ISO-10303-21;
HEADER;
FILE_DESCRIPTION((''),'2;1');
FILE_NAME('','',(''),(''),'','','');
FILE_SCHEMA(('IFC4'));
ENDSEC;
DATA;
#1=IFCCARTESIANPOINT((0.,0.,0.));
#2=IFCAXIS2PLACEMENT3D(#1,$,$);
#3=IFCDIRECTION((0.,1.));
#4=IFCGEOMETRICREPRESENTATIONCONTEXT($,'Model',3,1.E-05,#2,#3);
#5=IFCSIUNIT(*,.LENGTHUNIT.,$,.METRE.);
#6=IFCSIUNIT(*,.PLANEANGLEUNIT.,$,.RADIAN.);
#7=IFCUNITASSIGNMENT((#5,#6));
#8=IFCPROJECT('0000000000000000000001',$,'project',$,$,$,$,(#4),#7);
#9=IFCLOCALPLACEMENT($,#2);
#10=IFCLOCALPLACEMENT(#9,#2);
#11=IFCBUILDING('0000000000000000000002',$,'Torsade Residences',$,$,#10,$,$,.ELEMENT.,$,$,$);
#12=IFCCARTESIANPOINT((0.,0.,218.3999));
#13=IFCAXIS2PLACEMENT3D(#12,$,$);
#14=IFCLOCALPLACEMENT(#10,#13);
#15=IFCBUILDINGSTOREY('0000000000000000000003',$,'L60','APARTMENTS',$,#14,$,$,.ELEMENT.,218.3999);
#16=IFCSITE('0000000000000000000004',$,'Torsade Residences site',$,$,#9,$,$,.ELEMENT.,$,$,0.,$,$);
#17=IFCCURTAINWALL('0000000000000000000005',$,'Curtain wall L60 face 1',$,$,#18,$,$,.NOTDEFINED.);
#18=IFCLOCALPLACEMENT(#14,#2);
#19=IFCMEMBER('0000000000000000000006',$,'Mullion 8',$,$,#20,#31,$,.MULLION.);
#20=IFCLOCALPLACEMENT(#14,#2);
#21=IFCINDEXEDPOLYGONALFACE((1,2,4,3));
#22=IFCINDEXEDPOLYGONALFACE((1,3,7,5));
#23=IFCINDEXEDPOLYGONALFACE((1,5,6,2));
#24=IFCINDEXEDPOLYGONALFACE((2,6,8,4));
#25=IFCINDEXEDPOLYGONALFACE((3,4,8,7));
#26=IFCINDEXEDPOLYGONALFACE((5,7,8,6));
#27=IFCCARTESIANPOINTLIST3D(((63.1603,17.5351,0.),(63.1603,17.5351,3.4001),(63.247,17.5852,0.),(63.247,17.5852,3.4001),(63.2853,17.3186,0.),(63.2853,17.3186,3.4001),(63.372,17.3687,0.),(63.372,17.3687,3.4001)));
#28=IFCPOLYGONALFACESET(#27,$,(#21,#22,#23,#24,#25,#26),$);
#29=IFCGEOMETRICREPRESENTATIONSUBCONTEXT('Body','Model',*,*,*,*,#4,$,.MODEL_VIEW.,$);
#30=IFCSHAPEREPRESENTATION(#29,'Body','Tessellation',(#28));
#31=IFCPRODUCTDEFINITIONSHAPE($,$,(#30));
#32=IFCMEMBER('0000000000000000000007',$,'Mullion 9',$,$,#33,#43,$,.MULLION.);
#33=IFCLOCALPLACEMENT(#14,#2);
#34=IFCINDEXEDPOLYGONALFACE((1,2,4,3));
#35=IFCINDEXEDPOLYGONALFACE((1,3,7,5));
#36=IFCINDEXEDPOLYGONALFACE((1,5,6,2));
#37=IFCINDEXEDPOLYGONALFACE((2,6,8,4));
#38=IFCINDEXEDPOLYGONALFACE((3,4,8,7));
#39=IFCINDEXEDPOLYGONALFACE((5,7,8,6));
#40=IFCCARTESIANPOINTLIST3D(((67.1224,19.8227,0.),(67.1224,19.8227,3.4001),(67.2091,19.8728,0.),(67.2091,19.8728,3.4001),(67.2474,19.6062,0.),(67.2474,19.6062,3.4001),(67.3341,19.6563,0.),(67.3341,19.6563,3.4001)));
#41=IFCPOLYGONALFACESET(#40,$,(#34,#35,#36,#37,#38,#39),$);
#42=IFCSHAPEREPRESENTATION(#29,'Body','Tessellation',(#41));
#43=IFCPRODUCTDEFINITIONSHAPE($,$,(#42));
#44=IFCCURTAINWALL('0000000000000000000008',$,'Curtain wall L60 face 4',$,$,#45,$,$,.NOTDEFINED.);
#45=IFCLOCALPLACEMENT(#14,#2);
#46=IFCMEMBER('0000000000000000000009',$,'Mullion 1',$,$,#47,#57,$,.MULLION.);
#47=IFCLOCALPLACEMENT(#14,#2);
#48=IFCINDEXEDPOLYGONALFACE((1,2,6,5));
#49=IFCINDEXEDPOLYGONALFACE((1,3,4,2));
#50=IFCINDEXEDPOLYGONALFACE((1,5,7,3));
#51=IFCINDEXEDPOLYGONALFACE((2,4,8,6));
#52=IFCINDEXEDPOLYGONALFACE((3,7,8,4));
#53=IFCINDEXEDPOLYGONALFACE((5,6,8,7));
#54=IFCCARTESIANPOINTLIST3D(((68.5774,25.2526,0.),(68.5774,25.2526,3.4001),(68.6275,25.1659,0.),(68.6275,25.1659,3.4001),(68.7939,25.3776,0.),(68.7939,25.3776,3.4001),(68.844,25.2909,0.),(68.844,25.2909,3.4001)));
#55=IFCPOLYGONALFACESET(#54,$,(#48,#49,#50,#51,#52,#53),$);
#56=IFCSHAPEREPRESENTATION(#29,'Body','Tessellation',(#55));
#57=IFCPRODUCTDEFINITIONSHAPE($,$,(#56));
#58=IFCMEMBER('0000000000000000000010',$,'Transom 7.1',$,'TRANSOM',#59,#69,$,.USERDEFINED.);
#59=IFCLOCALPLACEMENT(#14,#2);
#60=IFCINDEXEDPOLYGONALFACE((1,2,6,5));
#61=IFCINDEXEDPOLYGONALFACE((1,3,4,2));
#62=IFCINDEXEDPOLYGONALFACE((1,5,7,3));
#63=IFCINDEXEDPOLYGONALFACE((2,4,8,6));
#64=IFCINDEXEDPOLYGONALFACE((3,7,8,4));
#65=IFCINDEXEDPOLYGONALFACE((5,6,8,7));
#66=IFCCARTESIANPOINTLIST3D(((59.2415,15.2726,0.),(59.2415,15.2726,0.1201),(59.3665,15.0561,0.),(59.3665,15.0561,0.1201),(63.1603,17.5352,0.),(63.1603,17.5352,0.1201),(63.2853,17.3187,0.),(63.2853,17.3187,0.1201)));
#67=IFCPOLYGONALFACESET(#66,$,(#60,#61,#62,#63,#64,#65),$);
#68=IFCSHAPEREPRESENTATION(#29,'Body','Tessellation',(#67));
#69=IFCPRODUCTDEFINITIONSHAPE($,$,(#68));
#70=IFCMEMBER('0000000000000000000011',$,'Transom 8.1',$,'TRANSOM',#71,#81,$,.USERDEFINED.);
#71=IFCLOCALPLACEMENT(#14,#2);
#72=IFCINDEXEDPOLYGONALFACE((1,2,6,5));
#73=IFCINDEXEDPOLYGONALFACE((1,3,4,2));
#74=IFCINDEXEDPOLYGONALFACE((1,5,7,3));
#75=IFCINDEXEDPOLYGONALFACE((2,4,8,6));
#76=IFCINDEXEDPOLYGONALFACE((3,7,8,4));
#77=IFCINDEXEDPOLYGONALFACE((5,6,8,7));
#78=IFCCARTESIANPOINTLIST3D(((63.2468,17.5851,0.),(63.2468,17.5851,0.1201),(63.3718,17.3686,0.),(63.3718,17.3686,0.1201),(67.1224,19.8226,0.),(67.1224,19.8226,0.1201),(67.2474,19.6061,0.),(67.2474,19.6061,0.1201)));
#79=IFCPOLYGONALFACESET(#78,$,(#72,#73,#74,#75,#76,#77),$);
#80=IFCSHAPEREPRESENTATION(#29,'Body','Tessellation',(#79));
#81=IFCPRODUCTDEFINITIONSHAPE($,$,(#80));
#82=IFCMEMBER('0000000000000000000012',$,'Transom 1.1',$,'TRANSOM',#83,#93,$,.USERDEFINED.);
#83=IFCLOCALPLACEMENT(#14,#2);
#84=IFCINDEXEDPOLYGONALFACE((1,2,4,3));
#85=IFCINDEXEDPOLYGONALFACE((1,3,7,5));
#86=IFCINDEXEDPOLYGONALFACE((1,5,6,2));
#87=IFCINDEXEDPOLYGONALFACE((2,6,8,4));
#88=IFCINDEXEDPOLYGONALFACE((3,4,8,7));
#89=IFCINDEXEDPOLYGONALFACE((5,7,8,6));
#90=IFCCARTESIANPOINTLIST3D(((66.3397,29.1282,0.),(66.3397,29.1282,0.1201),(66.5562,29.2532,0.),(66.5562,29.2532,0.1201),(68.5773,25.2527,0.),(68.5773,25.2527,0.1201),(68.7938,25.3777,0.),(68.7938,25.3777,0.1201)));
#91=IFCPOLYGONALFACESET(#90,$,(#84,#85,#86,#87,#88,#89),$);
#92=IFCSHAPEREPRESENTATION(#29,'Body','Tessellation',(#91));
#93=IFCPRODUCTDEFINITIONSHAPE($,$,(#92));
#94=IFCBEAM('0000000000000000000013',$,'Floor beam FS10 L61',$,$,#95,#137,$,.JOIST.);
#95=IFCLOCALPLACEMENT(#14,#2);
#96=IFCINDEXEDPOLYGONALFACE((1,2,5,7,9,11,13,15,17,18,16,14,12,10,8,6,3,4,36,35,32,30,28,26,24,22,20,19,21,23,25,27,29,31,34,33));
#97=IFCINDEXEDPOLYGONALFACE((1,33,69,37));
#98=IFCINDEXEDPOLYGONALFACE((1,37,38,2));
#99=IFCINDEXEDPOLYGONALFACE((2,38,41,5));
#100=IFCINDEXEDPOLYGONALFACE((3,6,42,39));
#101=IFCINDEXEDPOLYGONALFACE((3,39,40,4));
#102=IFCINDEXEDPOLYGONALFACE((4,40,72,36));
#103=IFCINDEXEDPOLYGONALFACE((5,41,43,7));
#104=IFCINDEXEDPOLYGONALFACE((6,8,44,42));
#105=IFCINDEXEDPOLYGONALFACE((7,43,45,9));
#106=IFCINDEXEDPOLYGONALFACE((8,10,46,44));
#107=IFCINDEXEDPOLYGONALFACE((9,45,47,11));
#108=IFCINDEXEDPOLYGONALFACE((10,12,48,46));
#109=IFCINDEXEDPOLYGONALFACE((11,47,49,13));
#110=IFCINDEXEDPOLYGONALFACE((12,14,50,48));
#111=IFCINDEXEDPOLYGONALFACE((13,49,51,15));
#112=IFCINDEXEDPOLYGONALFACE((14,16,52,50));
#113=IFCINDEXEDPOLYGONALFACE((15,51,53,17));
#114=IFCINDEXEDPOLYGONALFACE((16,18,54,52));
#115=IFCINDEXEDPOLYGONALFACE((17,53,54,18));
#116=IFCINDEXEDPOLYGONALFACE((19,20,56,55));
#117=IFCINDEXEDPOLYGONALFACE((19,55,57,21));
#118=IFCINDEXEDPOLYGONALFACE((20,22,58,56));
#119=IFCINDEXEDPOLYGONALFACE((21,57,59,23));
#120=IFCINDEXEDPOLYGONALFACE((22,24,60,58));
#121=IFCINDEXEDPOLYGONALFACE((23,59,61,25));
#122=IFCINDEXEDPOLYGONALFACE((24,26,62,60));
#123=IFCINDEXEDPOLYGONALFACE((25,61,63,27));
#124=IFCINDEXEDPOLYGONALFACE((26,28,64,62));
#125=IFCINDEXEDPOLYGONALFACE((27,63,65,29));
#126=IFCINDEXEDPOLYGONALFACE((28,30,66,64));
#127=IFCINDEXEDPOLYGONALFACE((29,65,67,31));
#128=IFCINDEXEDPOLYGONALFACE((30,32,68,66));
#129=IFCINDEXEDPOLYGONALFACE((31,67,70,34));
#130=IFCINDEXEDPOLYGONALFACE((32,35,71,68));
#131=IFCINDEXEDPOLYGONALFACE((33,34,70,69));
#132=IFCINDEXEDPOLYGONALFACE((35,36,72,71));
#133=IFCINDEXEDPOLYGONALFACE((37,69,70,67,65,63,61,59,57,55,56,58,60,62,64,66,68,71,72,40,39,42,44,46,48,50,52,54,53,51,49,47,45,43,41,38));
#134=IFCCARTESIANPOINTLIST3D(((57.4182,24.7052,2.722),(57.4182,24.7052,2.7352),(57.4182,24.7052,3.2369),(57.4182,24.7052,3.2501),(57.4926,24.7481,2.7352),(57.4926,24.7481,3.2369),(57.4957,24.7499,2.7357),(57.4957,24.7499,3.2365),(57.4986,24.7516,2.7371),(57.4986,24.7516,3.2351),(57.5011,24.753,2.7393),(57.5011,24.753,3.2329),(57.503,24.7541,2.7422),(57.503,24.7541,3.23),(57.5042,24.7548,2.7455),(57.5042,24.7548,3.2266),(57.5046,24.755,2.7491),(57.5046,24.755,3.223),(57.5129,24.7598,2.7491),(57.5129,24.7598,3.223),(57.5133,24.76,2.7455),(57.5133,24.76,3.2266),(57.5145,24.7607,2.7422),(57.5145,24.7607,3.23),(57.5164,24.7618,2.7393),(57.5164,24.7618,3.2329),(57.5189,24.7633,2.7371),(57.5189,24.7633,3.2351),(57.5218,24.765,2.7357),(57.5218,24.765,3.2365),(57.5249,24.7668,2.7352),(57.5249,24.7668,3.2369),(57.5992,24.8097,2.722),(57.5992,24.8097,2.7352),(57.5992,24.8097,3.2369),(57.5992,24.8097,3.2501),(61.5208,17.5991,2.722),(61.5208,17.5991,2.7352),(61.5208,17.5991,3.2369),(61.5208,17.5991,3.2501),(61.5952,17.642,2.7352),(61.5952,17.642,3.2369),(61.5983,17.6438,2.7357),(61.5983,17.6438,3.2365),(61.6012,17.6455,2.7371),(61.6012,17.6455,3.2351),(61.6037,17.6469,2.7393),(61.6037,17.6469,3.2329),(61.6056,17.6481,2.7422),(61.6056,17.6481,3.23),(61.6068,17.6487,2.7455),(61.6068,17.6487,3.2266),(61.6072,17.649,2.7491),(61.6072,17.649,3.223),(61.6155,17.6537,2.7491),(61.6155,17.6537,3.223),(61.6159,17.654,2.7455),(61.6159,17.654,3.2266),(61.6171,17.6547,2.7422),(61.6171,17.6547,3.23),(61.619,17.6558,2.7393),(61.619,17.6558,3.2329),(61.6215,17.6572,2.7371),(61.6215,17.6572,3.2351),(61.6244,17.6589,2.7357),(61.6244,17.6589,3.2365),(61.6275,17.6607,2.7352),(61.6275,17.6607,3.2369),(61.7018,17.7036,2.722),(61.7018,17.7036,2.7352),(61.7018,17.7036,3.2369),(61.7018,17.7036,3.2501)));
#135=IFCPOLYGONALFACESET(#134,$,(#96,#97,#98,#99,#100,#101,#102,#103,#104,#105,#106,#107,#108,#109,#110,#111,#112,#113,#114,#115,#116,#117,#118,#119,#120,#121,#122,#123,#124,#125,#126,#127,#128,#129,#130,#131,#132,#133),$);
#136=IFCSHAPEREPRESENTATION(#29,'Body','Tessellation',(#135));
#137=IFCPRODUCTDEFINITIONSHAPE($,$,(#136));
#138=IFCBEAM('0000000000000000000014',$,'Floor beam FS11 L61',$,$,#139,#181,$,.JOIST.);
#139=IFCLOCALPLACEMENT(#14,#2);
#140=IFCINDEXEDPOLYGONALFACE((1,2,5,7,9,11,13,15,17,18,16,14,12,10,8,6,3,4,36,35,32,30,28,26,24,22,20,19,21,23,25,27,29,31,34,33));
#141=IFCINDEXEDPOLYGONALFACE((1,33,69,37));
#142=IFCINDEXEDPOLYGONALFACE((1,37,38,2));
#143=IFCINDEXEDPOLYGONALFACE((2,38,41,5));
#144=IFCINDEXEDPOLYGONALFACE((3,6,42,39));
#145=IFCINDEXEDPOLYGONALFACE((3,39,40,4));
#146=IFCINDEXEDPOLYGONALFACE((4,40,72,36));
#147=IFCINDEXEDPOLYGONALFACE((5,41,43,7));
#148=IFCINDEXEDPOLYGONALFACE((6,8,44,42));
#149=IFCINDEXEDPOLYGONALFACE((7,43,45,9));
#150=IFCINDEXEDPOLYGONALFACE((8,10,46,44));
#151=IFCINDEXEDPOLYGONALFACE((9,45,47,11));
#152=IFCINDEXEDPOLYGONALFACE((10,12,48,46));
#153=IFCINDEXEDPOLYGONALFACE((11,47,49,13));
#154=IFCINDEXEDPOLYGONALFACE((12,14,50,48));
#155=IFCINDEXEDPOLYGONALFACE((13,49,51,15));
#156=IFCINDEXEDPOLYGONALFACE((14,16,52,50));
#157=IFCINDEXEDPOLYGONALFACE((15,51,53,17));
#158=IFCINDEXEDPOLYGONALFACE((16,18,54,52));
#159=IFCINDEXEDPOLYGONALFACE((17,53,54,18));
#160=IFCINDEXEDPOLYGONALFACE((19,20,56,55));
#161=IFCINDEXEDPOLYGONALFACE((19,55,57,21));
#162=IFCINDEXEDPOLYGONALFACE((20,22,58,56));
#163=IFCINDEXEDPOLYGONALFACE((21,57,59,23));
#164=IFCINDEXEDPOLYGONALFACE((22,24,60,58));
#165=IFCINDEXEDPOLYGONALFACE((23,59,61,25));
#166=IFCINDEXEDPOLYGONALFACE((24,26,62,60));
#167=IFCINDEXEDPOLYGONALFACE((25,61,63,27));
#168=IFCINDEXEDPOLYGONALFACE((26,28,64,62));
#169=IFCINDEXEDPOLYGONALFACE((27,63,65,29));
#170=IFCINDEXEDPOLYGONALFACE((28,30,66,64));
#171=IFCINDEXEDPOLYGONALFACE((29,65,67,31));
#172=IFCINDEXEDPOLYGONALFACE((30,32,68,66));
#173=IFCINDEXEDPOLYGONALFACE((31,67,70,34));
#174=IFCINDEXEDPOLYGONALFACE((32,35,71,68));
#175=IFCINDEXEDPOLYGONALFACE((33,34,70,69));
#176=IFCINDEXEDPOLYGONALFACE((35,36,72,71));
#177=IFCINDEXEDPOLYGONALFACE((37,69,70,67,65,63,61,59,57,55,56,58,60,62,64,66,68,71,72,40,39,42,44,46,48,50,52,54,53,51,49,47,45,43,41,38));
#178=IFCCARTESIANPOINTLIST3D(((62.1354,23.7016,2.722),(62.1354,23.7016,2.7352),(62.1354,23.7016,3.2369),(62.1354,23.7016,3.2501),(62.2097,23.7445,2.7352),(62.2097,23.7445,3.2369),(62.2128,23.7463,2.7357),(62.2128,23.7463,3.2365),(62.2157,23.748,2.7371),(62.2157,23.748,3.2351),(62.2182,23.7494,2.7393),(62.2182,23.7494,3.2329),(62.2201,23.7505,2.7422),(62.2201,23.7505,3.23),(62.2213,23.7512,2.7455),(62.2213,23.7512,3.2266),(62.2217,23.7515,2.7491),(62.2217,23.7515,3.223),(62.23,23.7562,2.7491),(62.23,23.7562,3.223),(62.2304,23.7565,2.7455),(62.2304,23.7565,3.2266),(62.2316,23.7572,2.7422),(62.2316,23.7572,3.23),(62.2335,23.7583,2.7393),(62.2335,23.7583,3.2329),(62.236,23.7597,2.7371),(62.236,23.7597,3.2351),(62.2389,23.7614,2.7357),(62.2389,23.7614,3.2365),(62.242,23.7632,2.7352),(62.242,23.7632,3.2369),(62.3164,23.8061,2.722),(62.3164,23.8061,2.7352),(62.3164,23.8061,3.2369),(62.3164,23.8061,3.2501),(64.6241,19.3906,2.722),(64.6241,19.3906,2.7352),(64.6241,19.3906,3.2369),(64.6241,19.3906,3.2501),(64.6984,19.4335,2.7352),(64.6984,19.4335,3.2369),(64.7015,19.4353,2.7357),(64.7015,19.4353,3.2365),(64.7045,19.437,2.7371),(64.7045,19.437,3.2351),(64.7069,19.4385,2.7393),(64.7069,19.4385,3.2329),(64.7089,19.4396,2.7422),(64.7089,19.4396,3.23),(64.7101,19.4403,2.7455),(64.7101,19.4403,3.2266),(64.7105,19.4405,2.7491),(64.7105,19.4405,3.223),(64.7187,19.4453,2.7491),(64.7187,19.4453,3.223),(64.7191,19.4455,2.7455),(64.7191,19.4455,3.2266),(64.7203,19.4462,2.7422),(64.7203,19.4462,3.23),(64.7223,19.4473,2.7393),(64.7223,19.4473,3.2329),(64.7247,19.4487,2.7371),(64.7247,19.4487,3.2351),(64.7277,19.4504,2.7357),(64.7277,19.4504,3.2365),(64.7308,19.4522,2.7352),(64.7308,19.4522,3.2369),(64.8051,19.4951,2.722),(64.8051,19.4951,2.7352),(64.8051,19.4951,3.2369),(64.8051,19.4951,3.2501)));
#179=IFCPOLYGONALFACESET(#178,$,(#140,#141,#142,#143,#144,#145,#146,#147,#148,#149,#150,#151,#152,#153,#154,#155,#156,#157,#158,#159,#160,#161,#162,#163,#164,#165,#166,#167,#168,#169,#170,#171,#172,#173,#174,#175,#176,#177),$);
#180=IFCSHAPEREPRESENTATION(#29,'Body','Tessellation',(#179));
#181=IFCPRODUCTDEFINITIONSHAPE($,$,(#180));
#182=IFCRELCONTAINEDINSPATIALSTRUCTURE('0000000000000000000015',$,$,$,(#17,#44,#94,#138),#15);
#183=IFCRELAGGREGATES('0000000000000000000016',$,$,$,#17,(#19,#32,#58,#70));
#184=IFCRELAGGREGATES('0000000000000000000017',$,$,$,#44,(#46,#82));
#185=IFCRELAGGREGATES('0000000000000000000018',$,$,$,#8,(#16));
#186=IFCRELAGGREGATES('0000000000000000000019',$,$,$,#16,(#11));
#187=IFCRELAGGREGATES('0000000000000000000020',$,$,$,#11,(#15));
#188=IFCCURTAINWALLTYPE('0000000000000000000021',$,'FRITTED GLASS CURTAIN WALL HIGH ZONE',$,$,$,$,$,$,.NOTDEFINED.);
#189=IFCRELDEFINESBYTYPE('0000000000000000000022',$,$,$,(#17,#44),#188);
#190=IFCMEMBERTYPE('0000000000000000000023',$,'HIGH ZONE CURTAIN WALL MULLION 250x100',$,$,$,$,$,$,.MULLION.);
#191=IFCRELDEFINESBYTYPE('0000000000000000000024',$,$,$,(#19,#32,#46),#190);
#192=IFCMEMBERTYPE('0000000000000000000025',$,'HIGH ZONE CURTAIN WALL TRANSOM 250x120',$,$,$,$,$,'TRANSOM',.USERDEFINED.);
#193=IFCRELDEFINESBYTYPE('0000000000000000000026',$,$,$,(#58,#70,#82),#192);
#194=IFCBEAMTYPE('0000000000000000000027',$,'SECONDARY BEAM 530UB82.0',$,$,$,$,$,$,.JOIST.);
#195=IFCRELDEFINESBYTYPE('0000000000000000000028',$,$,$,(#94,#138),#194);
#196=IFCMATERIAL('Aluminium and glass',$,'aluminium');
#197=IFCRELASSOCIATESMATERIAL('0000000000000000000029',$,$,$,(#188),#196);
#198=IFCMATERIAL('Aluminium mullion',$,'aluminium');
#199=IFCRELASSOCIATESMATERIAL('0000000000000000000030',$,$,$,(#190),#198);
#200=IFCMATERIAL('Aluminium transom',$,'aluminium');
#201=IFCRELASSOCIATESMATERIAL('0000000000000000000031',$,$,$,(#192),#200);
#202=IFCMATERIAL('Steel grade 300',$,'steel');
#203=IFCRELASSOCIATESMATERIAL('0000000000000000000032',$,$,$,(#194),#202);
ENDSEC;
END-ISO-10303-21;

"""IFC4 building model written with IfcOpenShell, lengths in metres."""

from ifc_helpers import new_model, si_unit, direction, frame, origin, origin_2d, place, context, subcontext, project, spatial, rectangle, i_section, extrude, material, material_profile, profile_set, type_object, element, aggregate, save


model = new_model("IFC4")

# Units and contexts
model_context = context("Model", 3, precision=1e-05, world=origin(), true_north=direction((0.0, 1.0)))
body_context = subcontext(model_context, "Body", "Model", "MODEL_VIEW")
ifc_project = project(units=[si_unit("LENGTHUNIT", "METRE"), si_unit("PLANEANGLEUNIT", "RADIAN")], contexts=[model_context])

# Site, building, storey
site_placement = place(None, origin())
site = spatial("IfcSite", under=ifc_project, at=site_placement, Name="Torsade Residences site", CompositionType="ELEMENT", RefElevation=0.0)
building_placement = place(site_placement, origin())
building = spatial("IfcBuilding", under=site, at=building_placement, Name="Torsade Residences", CompositionType="ELEMENT")
storey_placement = place(building_placement, frame((0.0, 0.0, 218.3999)))
storey = spatial("IfcBuildingStorey", under=building, at=storey_placement, Name="L60", Description="APARTMENTS", CompositionType="ELEMENT", Elevation=218.3999)

# Curtain wall, members
ifc_material_1 = material(Name="Aluminium and glass", Category="aluminium")
curtain_wall_type = type_object("IfcCurtainWallType", Name="FRITTED GLASS CURTAIN WALL HIGH ZONE", PredefinedType="NOTDEFINED", material=ifc_material_1)
curtain_wall_1_placement = place(storey_placement, origin())
curtain_wall_1 = element("IfcCurtainWall", 1, at=curtain_wall_1_placement, inside=storey, type_object=curtain_wall_type, Name="Curtain wall L60 face 1", PredefinedType="NOTDEFINED")
ifc_material_2 = material(Name="Aluminium mullion", Category="aluminium")
ifc_material_profile_1 = material_profile(ifc_material_2, rectangle(XDim=0.25, YDim=0.1001, at=origin_2d()), Name="HIGH ZONE CURTAIN WALL MULLION 250x100")
ifc_profile_set_1 = profile_set([ifc_material_profile_1], Name="Aluminium mullion")
member_type_1 = type_object("IfcMemberType", Name="HIGH ZONE CURTAIN WALL MULLION 250x100", PredefinedType="MULLION", material=ifc_profile_set_1)
member_1_placement = place(storey_placement, frame((63.2661, 17.4519, 0.0), z_axis=(0.0, 0.0, 1.0), x_axis=(-0.5, 0.866025, 0.0)))
member_1 = element("IfcMember", 2, at=member_1_placement, type_object=member_type_1, Name="Mullion 8", PredefinedType="MULLION", context=body_context, shape_type="SweptSolid", body=[
    extrude(rectangle(XDim=0.25, YDim=0.1001, at=origin_2d()), origin(), (0.0, 0.0, 1.0), 3.4001),
])
member_2_placement = place(storey_placement, frame((67.2283, 19.7395, 0.0), z_axis=(0.0, 0.0, 1.0), x_axis=(-0.5, 0.866025, 0.0)))
member_2 = element("IfcMember", 3, at=member_2_placement, type_object=member_type_1, Name="Mullion 9", PredefinedType="MULLION", context=body_context, shape_type="SweptSolid", body=[
    extrude(rectangle(XDim=0.25, YDim=0.1001, at=origin_2d()), origin(), (0.0, 0.0, 1.0), 3.4001),
])

# Curtain wall, member
curtain_wall_2_placement = place(storey_placement, origin())
curtain_wall_2 = element("IfcCurtainWall", 4, at=curtain_wall_2_placement, inside=storey, type_object=curtain_wall_type, Name="Curtain wall L60 face 4", PredefinedType="NOTDEFINED")
member_3_placement = place(storey_placement, frame((68.7107, 25.2717, 0.0), z_axis=(0.0, 0.0, 1.0), x_axis=(-0.866025, -0.5, 0.0)))
member_3 = element("IfcMember", 5, at=member_3_placement, type_object=member_type_1, Name="Mullion 1", PredefinedType="MULLION", context=body_context, shape_type="SweptSolid", body=[
    extrude(rectangle(XDim=0.25, YDim=0.1001, at=origin_2d()), origin(), (0.0, 0.0, 1.0), 3.4001),
])

# Members
ifc_material_3 = material(Name="Aluminium transom", Category="aluminium")
ifc_material_profile_2 = material_profile(ifc_material_3, rectangle(XDim=0.25, YDim=0.1201, at=origin_2d()), Name="HIGH ZONE CURTAIN WALL TRANSOM 250x120")
ifc_profile_set_2 = profile_set([ifc_material_profile_2], Name="Aluminium transom")
member_type_2 = type_object("IfcMemberType", Name="HIGH ZONE CURTAIN WALL TRANSOM 250x120", ElementType="TRANSOM", PredefinedType="USERDEFINED", material=ifc_profile_set_2)
member_4_placement = place(storey_placement, frame((59.304, 15.1643, 0.0601), z_axis=(0.866017, 0.500015, 0.0), x_axis=(-0.500015, 0.866017, 0.0)))
member_4 = element("IfcMember", 6, at=member_4_placement, type_object=member_type_2, Name="Transom 7.1", ObjectType="TRANSOM", PredefinedType="USERDEFINED", context=body_context, shape_type="SweptSolid", body=[
    extrude(rectangle(XDim=0.25, YDim=0.1201, at=origin_2d()), origin(), (0.0, 0.0, 1.0), 4.5251),
])
member_5_placement = place(storey_placement, frame((63.3093, 17.4768, 0.0601), z_axis=(0.866022, 0.500006, 0.0), x_axis=(-0.500006, 0.866022, 0.0)))
member_5 = element("IfcMember", 7, at=member_5_placement, type_object=member_type_2, Name="Transom 8.1", ObjectType="TRANSOM", PredefinedType="USERDEFINED", context=body_context, shape_type="SweptSolid", body=[
    extrude(rectangle(XDim=0.25, YDim=0.1201, at=origin_2d()), origin(), (0.0, 0.0, 1.0), 4.4751),
])
member_6_placement = place(storey_placement, frame((68.6855, 25.3152, 0.0601), z_axis=(-0.500006, 0.866022, 0.0), x_axis=(-0.866022, -0.500006, 0.0)))
member_6 = element("IfcMember", 8, at=member_6_placement, type_object=member_type_2, Name="Transom 1.1", ObjectType="TRANSOM", PredefinedType="USERDEFINED", context=body_context, shape_type="SweptSolid", body=[
    extrude(rectangle(XDim=0.25, YDim=0.1201, at=origin_2d()), origin(), (0.0, 0.0, 1.0), 4.4751),
])

# Beams
ifc_material_4 = material(Name="Steel grade 300", Category="steel")
ifc_material_profile_3 = material_profile(ifc_material_4, i_section(OverallWidth=0.209, OverallDepth=0.5281, WebThickness=0.0095, FlangeThickness=0.0132, FilletRadius=0.0139, at=origin_2d()), Name="530UB82.0")
ifc_profile_set_3 = profile_set([ifc_material_profile_3], Name="Steel grade 300")
beam_type_1 = type_object("IfcBeamType", Name="SECONDARY BEAM 530UB82.0", PredefinedType="JOIST", material=ifc_profile_set_3)
beam_1_placement = place(storey_placement, frame((61.6113, 17.6514, 2.9861), z_axis=(-0.499992, 0.86603, 0.0), x_axis=(-0.86603, -0.499992, 0.0)))
element("IfcBeam", 9, at=beam_1_placement, inside=storey, type_object=beam_type_1, Name="Floor beam FS10 L61", PredefinedType="JOIST", context=body_context, shape_type="SweptSolid", body=[
    extrude(i_section(OverallWidth=0.209, OverallDepth=0.5281, WebThickness=0.0095, FlangeThickness=0.0132, FilletRadius=0.0139, at=origin_2d()), origin(), (0.0, 0.0, 1.0), 8.2053),
])
beam_2_placement = place(storey_placement, frame((64.7146, 19.4429, 2.9861), z_axis=(-0.499969, 0.866043, 0.0), x_axis=(-0.866043, -0.499969, 0.0)))
element("IfcBeam", 10, at=beam_2_placement, inside=storey, type_object=beam_type_1, Name="Floor beam FS11 L61", PredefinedType="JOIST", context=body_context, shape_type="SweptSolid", body=[
    extrude(i_section(OverallWidth=0.209, OverallDepth=0.5281, WebThickness=0.0095, FlangeThickness=0.0132, FilletRadius=0.0139, at=origin_2d()), origin(), (0.0, 0.0, 1.0), 4.9778),
])

aggregate(curtain_wall_1, [member_1, member_2, member_4, member_5])
aggregate(curtain_wall_2, [member_3, member_6])

save(model, "model.ifc")
